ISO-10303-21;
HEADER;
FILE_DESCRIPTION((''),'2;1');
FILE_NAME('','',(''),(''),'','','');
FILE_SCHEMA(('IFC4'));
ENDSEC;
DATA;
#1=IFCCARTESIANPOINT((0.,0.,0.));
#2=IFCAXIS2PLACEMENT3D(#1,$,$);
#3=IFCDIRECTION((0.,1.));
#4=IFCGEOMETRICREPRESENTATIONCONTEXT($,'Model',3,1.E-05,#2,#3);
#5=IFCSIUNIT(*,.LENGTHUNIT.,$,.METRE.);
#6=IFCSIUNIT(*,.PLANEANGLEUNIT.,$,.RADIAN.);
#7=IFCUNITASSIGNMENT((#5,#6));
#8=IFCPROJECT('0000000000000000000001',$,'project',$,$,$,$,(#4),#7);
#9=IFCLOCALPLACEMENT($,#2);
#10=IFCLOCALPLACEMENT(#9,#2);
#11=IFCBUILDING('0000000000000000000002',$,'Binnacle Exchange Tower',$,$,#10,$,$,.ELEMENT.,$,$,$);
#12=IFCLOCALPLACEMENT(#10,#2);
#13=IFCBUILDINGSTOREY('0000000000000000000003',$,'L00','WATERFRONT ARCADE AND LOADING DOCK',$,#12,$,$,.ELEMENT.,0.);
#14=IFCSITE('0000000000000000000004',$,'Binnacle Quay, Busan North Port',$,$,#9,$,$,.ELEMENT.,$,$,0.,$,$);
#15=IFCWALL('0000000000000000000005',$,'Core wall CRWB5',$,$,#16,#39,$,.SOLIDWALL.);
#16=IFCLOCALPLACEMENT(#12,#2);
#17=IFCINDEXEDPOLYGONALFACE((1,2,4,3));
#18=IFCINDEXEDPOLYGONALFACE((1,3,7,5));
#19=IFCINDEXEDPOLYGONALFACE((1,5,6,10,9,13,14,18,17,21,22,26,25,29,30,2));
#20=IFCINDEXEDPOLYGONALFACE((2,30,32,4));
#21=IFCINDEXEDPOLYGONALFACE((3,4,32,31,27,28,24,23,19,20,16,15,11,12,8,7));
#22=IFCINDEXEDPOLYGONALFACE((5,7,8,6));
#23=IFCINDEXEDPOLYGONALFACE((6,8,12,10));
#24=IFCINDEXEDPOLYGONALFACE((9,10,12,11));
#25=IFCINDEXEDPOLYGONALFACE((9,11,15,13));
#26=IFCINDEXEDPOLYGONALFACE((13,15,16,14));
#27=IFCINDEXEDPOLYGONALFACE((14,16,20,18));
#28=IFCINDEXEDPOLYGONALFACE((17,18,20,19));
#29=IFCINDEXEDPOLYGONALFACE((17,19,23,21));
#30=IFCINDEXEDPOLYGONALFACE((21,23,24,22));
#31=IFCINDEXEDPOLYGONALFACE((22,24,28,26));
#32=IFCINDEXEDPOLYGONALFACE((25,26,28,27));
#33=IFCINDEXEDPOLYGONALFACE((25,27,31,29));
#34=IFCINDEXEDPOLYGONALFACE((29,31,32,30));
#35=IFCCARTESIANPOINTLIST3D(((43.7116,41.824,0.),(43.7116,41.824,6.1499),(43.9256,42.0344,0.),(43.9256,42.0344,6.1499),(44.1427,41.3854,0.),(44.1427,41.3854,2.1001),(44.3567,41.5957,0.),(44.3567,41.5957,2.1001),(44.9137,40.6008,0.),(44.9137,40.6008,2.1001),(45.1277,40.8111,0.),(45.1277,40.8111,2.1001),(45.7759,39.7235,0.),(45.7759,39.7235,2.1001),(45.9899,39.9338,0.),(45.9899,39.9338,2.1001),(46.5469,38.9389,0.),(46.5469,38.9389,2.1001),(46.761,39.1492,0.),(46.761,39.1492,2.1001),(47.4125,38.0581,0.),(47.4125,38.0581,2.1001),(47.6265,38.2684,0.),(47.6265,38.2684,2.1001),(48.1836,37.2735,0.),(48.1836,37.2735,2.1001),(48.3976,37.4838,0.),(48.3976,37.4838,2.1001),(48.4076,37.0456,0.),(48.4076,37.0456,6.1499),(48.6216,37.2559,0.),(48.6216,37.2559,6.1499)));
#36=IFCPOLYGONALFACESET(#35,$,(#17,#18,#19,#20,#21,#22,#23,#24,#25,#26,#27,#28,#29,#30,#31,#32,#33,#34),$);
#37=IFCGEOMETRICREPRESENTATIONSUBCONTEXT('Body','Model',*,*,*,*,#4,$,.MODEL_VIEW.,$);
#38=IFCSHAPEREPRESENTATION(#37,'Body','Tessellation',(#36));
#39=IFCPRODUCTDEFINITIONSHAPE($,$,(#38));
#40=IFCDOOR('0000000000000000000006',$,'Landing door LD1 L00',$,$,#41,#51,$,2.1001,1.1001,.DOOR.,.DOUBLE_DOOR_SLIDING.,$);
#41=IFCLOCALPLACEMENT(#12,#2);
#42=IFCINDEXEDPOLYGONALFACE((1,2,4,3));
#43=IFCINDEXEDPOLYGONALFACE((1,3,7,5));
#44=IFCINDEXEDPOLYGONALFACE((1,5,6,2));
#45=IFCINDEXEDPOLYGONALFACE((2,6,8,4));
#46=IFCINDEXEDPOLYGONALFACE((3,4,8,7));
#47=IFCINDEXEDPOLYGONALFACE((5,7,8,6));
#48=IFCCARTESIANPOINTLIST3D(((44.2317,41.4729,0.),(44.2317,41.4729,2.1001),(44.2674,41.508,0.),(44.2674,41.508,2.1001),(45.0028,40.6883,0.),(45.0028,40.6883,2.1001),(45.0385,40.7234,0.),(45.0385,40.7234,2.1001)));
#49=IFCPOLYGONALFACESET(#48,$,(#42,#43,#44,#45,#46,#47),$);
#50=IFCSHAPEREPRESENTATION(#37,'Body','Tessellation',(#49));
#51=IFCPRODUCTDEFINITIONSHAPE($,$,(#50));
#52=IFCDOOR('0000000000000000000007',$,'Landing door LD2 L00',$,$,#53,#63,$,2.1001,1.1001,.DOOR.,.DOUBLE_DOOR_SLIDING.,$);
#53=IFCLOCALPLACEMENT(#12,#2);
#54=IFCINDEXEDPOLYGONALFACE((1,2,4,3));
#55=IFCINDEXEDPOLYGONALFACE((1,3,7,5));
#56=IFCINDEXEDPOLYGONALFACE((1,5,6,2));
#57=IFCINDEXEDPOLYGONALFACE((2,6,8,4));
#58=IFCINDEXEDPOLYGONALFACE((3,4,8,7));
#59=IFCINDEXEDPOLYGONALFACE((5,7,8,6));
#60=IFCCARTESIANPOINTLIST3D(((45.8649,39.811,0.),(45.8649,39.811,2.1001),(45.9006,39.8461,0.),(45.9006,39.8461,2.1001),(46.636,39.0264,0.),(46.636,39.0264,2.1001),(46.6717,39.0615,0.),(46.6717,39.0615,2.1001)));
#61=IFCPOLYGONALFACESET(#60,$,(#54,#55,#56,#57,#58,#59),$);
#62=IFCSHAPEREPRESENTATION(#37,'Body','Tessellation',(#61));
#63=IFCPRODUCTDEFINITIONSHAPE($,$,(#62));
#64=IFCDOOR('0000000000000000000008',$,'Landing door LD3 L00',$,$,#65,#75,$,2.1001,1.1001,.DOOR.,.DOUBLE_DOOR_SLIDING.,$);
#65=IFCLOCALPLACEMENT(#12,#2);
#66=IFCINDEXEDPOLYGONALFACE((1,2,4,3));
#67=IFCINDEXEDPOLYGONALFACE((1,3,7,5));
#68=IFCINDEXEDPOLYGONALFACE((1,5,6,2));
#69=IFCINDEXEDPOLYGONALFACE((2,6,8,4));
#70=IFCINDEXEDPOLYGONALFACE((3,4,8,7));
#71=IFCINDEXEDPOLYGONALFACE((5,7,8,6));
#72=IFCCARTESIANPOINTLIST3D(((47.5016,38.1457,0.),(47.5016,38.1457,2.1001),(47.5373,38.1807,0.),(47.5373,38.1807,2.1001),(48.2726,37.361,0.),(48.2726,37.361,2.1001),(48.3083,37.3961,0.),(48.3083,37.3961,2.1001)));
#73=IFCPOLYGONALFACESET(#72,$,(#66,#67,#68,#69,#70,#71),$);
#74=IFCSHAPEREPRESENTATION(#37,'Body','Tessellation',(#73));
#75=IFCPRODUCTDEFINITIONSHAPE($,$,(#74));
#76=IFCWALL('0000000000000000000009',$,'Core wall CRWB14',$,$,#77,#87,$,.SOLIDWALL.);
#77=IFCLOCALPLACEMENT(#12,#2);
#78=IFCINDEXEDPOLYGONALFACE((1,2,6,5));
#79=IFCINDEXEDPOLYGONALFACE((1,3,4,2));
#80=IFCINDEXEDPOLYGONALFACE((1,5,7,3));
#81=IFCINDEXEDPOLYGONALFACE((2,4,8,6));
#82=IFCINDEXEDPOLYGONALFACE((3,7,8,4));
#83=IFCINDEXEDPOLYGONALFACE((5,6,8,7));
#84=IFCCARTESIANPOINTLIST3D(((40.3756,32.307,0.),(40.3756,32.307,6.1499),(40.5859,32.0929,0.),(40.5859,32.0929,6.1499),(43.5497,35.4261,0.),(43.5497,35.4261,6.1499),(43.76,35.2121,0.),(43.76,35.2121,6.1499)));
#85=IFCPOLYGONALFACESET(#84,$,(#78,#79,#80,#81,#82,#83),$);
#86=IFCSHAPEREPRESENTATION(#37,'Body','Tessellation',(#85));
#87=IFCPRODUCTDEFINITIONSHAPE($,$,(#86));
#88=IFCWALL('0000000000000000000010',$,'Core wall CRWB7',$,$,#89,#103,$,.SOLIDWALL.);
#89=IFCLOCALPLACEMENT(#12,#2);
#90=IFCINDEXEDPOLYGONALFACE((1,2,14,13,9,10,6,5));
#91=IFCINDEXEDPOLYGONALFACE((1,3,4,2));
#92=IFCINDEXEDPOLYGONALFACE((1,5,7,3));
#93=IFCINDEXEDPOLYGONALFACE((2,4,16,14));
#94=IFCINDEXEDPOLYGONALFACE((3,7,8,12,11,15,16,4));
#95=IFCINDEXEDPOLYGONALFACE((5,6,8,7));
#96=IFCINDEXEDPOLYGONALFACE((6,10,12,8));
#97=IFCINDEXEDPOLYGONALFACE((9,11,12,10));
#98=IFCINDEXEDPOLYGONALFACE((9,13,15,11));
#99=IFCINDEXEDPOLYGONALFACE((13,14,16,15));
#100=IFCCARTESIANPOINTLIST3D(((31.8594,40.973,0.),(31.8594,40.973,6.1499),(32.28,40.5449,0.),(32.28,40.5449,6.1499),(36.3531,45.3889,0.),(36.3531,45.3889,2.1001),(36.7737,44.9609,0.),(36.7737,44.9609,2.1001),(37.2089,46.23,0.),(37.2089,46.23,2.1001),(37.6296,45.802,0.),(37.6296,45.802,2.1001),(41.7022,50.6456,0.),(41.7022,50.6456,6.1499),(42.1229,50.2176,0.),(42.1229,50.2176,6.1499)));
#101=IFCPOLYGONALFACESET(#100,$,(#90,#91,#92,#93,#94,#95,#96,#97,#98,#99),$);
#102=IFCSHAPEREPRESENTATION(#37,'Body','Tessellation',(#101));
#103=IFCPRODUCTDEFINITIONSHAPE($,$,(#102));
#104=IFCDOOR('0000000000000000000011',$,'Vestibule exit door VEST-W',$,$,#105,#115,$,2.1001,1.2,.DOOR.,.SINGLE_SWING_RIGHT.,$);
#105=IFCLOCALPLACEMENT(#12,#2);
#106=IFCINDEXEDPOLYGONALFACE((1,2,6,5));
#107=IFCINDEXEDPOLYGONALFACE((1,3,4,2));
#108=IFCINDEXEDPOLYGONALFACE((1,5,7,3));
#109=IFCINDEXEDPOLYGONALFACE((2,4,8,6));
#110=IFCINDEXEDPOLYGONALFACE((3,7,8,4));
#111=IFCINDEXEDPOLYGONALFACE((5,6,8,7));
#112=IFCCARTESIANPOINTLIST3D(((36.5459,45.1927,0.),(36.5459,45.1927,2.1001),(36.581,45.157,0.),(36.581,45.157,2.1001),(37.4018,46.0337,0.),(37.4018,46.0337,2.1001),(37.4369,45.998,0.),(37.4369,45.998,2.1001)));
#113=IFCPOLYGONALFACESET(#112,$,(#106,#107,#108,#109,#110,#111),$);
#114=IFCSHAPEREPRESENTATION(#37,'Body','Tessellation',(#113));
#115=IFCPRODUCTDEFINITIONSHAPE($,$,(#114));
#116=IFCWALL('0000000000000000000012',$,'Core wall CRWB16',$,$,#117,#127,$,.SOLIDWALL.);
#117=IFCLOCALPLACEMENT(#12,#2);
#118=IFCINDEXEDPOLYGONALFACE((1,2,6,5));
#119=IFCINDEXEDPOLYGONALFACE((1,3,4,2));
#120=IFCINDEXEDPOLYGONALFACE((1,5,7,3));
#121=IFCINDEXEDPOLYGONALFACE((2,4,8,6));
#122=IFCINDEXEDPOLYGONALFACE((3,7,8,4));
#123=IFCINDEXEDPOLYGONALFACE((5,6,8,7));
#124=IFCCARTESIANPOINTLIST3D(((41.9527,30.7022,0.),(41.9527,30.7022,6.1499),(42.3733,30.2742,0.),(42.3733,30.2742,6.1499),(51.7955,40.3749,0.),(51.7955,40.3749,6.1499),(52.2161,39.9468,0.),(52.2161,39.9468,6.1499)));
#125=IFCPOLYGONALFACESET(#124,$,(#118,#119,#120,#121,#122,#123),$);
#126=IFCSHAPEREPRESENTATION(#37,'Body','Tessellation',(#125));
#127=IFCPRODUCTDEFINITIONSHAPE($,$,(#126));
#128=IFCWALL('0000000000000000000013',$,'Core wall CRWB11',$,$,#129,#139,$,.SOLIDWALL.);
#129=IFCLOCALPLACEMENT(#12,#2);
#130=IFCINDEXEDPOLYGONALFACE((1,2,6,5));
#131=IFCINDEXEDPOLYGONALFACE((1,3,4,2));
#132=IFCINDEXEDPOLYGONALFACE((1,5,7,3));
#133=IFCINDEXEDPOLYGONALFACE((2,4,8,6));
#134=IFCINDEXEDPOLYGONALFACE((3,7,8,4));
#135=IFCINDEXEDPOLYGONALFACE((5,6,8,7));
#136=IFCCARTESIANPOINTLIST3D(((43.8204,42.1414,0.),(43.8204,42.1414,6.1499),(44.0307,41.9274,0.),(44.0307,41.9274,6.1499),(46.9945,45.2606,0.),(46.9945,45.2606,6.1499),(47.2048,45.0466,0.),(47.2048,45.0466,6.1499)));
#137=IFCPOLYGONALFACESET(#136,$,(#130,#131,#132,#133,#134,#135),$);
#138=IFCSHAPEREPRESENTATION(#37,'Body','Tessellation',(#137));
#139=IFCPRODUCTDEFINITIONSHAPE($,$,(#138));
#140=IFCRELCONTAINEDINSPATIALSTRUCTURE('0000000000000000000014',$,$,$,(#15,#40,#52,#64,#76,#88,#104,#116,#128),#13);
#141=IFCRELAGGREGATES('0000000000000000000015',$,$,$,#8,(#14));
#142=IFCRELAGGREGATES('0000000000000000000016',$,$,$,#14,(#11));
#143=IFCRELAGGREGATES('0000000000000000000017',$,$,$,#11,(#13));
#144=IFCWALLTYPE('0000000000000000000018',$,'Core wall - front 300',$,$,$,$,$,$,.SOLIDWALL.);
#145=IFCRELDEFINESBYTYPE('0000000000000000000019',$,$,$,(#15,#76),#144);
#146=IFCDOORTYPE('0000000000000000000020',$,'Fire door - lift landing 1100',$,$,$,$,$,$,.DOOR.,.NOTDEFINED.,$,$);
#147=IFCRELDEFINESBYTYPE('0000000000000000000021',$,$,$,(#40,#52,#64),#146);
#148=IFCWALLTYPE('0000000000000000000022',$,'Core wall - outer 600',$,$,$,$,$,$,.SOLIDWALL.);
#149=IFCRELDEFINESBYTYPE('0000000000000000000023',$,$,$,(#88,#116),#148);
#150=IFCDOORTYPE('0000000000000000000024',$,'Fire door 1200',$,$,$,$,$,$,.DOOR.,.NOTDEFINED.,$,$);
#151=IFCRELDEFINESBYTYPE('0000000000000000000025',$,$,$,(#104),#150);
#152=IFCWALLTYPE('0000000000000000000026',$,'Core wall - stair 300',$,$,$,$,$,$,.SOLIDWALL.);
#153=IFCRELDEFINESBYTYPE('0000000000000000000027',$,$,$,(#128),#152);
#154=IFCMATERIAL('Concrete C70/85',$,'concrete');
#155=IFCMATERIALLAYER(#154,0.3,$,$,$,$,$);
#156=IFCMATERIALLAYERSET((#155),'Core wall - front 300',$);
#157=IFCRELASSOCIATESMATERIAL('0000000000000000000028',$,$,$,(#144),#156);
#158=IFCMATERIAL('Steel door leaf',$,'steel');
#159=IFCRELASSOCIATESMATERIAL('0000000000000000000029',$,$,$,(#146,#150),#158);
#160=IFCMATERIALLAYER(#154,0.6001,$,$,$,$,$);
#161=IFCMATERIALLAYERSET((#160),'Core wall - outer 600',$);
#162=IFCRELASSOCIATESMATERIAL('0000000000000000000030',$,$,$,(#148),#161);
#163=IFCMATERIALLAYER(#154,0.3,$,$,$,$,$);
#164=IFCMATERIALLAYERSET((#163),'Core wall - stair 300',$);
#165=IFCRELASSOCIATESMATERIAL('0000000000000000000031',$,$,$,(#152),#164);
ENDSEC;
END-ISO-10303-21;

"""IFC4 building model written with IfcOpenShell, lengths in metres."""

from ifc_helpers import new_model, si_unit, direction, frame, frame_2d, origin, place, context, subcontext, project, spatial, rectangle, extrude, material, layer, layer_set, type_object, element, fill, save


model = new_model("IFC4")

# Units and contexts
model_context = context("Model", 3, precision=1e-05, world=origin(), true_north=direction((0.0, 1.0)))
body_context = subcontext(model_context, "Body", "Model", "MODEL_VIEW")
ifc_project = project(units=[si_unit("LENGTHUNIT", "METRE"), si_unit("PLANEANGLEUNIT", "RADIAN")], contexts=[model_context])

# Site, building, storey
site_placement = place(None, origin())
site = spatial("IfcSite", under=ifc_project, at=site_placement, Name="Binnacle Quay, Busan North Port", CompositionType="ELEMENT", RefElevation=0.0)
building_placement = place(site_placement, origin())
building = spatial("IfcBuilding", under=site, at=building_placement, Name="Binnacle Exchange Tower", CompositionType="ELEMENT")
storey_placement = place(building_placement, origin())
storey = spatial("IfcBuildingStorey", under=building, at=storey_placement, Name="L00", Description="WATERFRONT ARCADE AND LOADING DOCK", CompositionType="ELEMENT", Elevation=0.0)

# Shared definitions
ifc_material_1 = material(Name="Concrete C70/85", Category="concrete")

# Wall, openings, doors
ifc_layer_1 = layer(ifc_material_1, 0.3)
ifc_layer_set_1 = layer_set([ifc_layer_1], Name="Core wall - front 300")
wall_type_1 = type_object("IfcWallType", Name="Core wall - front 300", PredefinedType="SOLIDWALL", material=ifc_layer_set_1)
ifc_material_2 = material(Name="Steel door leaf", Category="steel")
door_type_1 = type_object("IfcDoorType", Name="Fire door - lift landing 1100", OperationType="NOTDEFINED", PredefinedType="DOOR", material=ifc_material_2)
wall_1_placement = place(storey_placement, frame((43.8186, 41.9292, 0.0), z_axis=(0.0, 0.0, 1.0), x_axis=(0.700922, -0.713238, 0.0)))
wall_1 = element("IfcWall", 1, at=wall_1_placement, inside=storey, type_object=wall_type_1, Name="Core wall CRWB5", PredefinedType="SOLIDWALL", context=body_context, shape_type="SweptSolid", body=[
    extrude(rectangle(XDim=6.6997, YDim=0.3, at=frame_2d((3.3499, 0.0))), origin(), (0.0, 0.0, 1.0), 6.1499),
])
opening_1_placement = place(wall_1_placement, frame((0.615, 0.0, 0.0)))
opening_1 = element("IfcOpeningElement", 2, at=opening_1_placement, cuts=wall_1, PredefinedType="OPENING", context=body_context, shape_type="SweptSolid", body=[
    extrude(rectangle(XDim=1.1001, YDim=2.1001, at=frame_2d((0.55, 1.05))), frame((0.0, 0.1599, 0.0), z_axis=(0.0, -1.0, 0.0), x_axis=(1.0, 0.0, 0.0)), (0.0, 0.0, 1.0), 0.3201),
])
opening_2_placement = place(wall_1_placement, frame((2.9451, 0.0, 0.0)))
opening_2 = element("IfcOpeningElement", 3, at=opening_2_placement, cuts=wall_1, PredefinedType="OPENING", context=body_context, shape_type="SweptSolid", body=[
    extrude(rectangle(XDim=1.1001, YDim=2.1001, at=frame_2d((0.55, 1.05))), frame((0.0, 0.1599, 0.0), z_axis=(0.0, -1.0, 0.0), x_axis=(1.0, 0.0, 0.0)), (0.0, 0.0, 1.0), 0.3201),
])
opening_3_placement = place(wall_1_placement, frame((5.28, 0.0, 0.0)))
opening_3 = element("IfcOpeningElement", 4, at=opening_3_placement, cuts=wall_1, PredefinedType="OPENING", context=body_context, shape_type="SweptSolid", body=[
    extrude(rectangle(XDim=1.1001, YDim=2.1001, at=frame_2d((0.55, 1.05))), frame((0.0, 0.1599, 0.0), z_axis=(0.0, -1.0, 0.0), x_axis=(1.0, 0.0, 0.0)), (0.0, 0.0, 1.0), 0.3201),
])
door_1_placement = place(opening_1_placement, origin())
door_1 = element("IfcDoor", 5, at=door_1_placement, inside=storey, type_object=door_type_1, Name="Landing door LD1 L00", OperationType="DOUBLE_DOOR_SLIDING", OverallHeight=2.1001, OverallWidth=1.1001, PredefinedType="DOOR", context=body_context, shape_type="SweptSolid", body=[
    extrude(rectangle(XDim=1.1001, YDim=2.1001, at=frame_2d((0.55, 1.05))), frame((0.0, 0.0249, 0.0), z_axis=(0.0, -1.0, 0.0), x_axis=(1.0, 0.0, 0.0)), (0.0, 0.0, 1.0), 0.05),
])
fill(opening_1, door_1)
door_2_placement = place(opening_2_placement, origin())
door_2 = element("IfcDoor", 6, at=door_2_placement, inside=storey, type_object=door_type_1, Name="Landing door LD2 L00", OperationType="DOUBLE_DOOR_SLIDING", OverallHeight=2.1001, OverallWidth=1.1001, PredefinedType="DOOR", context=body_context, shape_type="SweptSolid", body=[
    extrude(rectangle(XDim=1.1001, YDim=2.1001, at=frame_2d((0.55, 1.05))), frame((0.0, 0.0249, 0.0), z_axis=(0.0, -1.0, 0.0), x_axis=(1.0, 0.0, 0.0)), (0.0, 0.0, 1.0), 0.05),
])
fill(opening_2, door_2)
door_3_placement = place(opening_3_placement, origin())
door_3 = element("IfcDoor", 7, at=door_3_placement, inside=storey, type_object=door_type_1, Name="Landing door LD3 L00", OperationType="DOUBLE_DOOR_SLIDING", OverallHeight=2.1001, OverallWidth=1.1001, PredefinedType="DOOR", context=body_context, shape_type="SweptSolid", body=[
    extrude(rectangle(XDim=1.1001, YDim=2.1001, at=frame_2d((0.55, 1.05))), frame((0.0, 0.0249, 0.0), z_axis=(0.0, -1.0, 0.0), x_axis=(1.0, 0.0, 0.0)), (0.0, 0.0, 1.0), 0.05),
])
fill(opening_3, door_3)

# Wall
wall_2_placement = place(storey_placement, frame((40.4807, 32.2, 0.0), z_axis=(0.0, 0.0, 1.0), x_axis=(0.713252, 0.700908, 0.0)))
element("IfcWall", 8, at=wall_2_placement, inside=storey, type_object=wall_type_1, Name="Core wall CRWB14", PredefinedType="SOLIDWALL", context=body_context, shape_type="SweptSolid", body=[
    extrude(rectangle(XDim=4.4502, YDim=0.3, at=frame_2d((2.2251, 0.0))), origin(), (0.0, 0.0, 1.0), 6.1499),
])

# Wall, opening, door
ifc_layer_2 = layer(ifc_material_1, 0.6001)
ifc_layer_set_2 = layer_set([ifc_layer_2], Name="Core wall - outer 600")
wall_type_2 = type_object("IfcWallType", Name="Core wall - outer 600", PredefinedType="SOLIDWALL", material=ifc_layer_set_2)
wall_3_placement = place(storey_placement, frame((32.0698, 40.759, 0.0), z_axis=(0.0, 0.0, 1.0), x_axis=(0.713245, 0.700914, 0.0)))
wall_3 = element("IfcWall", 9, at=wall_3_placement, inside=storey, type_object=wall_type_2, Name="Core wall CRWB7", PredefinedType="SOLIDWALL", context=body_context, shape_type="SweptSolid", body=[
    extrude(rectangle(XDim=13.8, YDim=0.6001, at=frame_2d((6.8999, 0.0))), origin(), (0.0, 0.0, 1.0), 6.1499),
])
opening_4_placement = place(wall_3_placement, frame((6.3, 0.0, 0.0)))
opening_4 = element("IfcOpeningElement", 10, at=opening_4_placement, cuts=wall_3, PredefinedType="OPENING", context=body_context, shape_type="SweptSolid", body=[
    extrude(rectangle(XDim=1.2, YDim=2.1001, at=frame_2d((0.6001, 1.05))), frame((0.0, 0.3101, 0.0), z_axis=(0.0, -1.0, 0.0), x_axis=(1.0, 0.0, 0.0)), (0.0, 0.0, 1.0), 0.6201),
])
door_type_2 = type_object("IfcDoorType", Name="Fire door 1200", OperationType="NOTDEFINED", PredefinedType="DOOR", material=ifc_material_2)
door_4_placement = place(opening_4_placement, origin())
door_4 = element("IfcDoor", 11, at=door_4_placement, inside=storey, type_object=door_type_2, Name="Vestibule exit door VEST-W", OperationType="SINGLE_SWING_RIGHT", OverallHeight=2.1001, OverallWidth=1.2, PredefinedType="DOOR", context=body_context, shape_type="SweptSolid", body=[
    extrude(rectangle(XDim=1.2, YDim=2.1001, at=frame_2d((0.6001, 1.05))), frame((0.0, 0.0249, 0.0), z_axis=(0.0, -1.0, 0.0), x_axis=(1.0, 0.0, 0.0)), (0.0, 0.0, 1.0), 0.05),
])
fill(opening_4, door_4)

# Walls
wall_4_placement = place(storey_placement, frame((42.1631, 30.4883, 0.0), z_axis=(0.0, 0.0, 1.0), x_axis=(0.713245, 0.700914, 0.0)))
element("IfcWall", 12, at=wall_4_placement, inside=storey, type_object=wall_type_2, Name="Core wall CRWB16", PredefinedType="SOLIDWALL", context=body_context, shape_type="SweptSolid", body=[
    extrude(rectangle(XDim=13.8, YDim=0.6001, at=frame_2d((6.8999, 0.0))), origin(), (0.0, 0.0, 1.0), 6.1499),
])
ifc_layer_3 = layer(ifc_material_1, 0.3)
ifc_layer_set_3 = layer_set([ifc_layer_3], Name="Core wall - stair 300")
wall_type_3 = type_object("IfcWallType", Name="Core wall - stair 300", PredefinedType="SOLIDWALL", material=ifc_layer_set_3)
wall_5_placement = place(storey_placement, frame((43.9255, 42.0344, 0.0), z_axis=(0.0, 0.0, 1.0), x_axis=(0.713252, 0.700908, 0.0)))
element("IfcWall", 13, at=wall_5_placement, inside=storey, type_object=wall_type_3, Name="Core wall CRWB11", PredefinedType="SOLIDWALL", context=body_context, shape_type="SweptSolid", body=[
    extrude(rectangle(XDim=4.4502, YDim=0.3, at=frame_2d((2.2251, 0.0))), origin(), (0.0, 0.0, 1.0), 6.1499),
])

save(model, "model.ifc")
